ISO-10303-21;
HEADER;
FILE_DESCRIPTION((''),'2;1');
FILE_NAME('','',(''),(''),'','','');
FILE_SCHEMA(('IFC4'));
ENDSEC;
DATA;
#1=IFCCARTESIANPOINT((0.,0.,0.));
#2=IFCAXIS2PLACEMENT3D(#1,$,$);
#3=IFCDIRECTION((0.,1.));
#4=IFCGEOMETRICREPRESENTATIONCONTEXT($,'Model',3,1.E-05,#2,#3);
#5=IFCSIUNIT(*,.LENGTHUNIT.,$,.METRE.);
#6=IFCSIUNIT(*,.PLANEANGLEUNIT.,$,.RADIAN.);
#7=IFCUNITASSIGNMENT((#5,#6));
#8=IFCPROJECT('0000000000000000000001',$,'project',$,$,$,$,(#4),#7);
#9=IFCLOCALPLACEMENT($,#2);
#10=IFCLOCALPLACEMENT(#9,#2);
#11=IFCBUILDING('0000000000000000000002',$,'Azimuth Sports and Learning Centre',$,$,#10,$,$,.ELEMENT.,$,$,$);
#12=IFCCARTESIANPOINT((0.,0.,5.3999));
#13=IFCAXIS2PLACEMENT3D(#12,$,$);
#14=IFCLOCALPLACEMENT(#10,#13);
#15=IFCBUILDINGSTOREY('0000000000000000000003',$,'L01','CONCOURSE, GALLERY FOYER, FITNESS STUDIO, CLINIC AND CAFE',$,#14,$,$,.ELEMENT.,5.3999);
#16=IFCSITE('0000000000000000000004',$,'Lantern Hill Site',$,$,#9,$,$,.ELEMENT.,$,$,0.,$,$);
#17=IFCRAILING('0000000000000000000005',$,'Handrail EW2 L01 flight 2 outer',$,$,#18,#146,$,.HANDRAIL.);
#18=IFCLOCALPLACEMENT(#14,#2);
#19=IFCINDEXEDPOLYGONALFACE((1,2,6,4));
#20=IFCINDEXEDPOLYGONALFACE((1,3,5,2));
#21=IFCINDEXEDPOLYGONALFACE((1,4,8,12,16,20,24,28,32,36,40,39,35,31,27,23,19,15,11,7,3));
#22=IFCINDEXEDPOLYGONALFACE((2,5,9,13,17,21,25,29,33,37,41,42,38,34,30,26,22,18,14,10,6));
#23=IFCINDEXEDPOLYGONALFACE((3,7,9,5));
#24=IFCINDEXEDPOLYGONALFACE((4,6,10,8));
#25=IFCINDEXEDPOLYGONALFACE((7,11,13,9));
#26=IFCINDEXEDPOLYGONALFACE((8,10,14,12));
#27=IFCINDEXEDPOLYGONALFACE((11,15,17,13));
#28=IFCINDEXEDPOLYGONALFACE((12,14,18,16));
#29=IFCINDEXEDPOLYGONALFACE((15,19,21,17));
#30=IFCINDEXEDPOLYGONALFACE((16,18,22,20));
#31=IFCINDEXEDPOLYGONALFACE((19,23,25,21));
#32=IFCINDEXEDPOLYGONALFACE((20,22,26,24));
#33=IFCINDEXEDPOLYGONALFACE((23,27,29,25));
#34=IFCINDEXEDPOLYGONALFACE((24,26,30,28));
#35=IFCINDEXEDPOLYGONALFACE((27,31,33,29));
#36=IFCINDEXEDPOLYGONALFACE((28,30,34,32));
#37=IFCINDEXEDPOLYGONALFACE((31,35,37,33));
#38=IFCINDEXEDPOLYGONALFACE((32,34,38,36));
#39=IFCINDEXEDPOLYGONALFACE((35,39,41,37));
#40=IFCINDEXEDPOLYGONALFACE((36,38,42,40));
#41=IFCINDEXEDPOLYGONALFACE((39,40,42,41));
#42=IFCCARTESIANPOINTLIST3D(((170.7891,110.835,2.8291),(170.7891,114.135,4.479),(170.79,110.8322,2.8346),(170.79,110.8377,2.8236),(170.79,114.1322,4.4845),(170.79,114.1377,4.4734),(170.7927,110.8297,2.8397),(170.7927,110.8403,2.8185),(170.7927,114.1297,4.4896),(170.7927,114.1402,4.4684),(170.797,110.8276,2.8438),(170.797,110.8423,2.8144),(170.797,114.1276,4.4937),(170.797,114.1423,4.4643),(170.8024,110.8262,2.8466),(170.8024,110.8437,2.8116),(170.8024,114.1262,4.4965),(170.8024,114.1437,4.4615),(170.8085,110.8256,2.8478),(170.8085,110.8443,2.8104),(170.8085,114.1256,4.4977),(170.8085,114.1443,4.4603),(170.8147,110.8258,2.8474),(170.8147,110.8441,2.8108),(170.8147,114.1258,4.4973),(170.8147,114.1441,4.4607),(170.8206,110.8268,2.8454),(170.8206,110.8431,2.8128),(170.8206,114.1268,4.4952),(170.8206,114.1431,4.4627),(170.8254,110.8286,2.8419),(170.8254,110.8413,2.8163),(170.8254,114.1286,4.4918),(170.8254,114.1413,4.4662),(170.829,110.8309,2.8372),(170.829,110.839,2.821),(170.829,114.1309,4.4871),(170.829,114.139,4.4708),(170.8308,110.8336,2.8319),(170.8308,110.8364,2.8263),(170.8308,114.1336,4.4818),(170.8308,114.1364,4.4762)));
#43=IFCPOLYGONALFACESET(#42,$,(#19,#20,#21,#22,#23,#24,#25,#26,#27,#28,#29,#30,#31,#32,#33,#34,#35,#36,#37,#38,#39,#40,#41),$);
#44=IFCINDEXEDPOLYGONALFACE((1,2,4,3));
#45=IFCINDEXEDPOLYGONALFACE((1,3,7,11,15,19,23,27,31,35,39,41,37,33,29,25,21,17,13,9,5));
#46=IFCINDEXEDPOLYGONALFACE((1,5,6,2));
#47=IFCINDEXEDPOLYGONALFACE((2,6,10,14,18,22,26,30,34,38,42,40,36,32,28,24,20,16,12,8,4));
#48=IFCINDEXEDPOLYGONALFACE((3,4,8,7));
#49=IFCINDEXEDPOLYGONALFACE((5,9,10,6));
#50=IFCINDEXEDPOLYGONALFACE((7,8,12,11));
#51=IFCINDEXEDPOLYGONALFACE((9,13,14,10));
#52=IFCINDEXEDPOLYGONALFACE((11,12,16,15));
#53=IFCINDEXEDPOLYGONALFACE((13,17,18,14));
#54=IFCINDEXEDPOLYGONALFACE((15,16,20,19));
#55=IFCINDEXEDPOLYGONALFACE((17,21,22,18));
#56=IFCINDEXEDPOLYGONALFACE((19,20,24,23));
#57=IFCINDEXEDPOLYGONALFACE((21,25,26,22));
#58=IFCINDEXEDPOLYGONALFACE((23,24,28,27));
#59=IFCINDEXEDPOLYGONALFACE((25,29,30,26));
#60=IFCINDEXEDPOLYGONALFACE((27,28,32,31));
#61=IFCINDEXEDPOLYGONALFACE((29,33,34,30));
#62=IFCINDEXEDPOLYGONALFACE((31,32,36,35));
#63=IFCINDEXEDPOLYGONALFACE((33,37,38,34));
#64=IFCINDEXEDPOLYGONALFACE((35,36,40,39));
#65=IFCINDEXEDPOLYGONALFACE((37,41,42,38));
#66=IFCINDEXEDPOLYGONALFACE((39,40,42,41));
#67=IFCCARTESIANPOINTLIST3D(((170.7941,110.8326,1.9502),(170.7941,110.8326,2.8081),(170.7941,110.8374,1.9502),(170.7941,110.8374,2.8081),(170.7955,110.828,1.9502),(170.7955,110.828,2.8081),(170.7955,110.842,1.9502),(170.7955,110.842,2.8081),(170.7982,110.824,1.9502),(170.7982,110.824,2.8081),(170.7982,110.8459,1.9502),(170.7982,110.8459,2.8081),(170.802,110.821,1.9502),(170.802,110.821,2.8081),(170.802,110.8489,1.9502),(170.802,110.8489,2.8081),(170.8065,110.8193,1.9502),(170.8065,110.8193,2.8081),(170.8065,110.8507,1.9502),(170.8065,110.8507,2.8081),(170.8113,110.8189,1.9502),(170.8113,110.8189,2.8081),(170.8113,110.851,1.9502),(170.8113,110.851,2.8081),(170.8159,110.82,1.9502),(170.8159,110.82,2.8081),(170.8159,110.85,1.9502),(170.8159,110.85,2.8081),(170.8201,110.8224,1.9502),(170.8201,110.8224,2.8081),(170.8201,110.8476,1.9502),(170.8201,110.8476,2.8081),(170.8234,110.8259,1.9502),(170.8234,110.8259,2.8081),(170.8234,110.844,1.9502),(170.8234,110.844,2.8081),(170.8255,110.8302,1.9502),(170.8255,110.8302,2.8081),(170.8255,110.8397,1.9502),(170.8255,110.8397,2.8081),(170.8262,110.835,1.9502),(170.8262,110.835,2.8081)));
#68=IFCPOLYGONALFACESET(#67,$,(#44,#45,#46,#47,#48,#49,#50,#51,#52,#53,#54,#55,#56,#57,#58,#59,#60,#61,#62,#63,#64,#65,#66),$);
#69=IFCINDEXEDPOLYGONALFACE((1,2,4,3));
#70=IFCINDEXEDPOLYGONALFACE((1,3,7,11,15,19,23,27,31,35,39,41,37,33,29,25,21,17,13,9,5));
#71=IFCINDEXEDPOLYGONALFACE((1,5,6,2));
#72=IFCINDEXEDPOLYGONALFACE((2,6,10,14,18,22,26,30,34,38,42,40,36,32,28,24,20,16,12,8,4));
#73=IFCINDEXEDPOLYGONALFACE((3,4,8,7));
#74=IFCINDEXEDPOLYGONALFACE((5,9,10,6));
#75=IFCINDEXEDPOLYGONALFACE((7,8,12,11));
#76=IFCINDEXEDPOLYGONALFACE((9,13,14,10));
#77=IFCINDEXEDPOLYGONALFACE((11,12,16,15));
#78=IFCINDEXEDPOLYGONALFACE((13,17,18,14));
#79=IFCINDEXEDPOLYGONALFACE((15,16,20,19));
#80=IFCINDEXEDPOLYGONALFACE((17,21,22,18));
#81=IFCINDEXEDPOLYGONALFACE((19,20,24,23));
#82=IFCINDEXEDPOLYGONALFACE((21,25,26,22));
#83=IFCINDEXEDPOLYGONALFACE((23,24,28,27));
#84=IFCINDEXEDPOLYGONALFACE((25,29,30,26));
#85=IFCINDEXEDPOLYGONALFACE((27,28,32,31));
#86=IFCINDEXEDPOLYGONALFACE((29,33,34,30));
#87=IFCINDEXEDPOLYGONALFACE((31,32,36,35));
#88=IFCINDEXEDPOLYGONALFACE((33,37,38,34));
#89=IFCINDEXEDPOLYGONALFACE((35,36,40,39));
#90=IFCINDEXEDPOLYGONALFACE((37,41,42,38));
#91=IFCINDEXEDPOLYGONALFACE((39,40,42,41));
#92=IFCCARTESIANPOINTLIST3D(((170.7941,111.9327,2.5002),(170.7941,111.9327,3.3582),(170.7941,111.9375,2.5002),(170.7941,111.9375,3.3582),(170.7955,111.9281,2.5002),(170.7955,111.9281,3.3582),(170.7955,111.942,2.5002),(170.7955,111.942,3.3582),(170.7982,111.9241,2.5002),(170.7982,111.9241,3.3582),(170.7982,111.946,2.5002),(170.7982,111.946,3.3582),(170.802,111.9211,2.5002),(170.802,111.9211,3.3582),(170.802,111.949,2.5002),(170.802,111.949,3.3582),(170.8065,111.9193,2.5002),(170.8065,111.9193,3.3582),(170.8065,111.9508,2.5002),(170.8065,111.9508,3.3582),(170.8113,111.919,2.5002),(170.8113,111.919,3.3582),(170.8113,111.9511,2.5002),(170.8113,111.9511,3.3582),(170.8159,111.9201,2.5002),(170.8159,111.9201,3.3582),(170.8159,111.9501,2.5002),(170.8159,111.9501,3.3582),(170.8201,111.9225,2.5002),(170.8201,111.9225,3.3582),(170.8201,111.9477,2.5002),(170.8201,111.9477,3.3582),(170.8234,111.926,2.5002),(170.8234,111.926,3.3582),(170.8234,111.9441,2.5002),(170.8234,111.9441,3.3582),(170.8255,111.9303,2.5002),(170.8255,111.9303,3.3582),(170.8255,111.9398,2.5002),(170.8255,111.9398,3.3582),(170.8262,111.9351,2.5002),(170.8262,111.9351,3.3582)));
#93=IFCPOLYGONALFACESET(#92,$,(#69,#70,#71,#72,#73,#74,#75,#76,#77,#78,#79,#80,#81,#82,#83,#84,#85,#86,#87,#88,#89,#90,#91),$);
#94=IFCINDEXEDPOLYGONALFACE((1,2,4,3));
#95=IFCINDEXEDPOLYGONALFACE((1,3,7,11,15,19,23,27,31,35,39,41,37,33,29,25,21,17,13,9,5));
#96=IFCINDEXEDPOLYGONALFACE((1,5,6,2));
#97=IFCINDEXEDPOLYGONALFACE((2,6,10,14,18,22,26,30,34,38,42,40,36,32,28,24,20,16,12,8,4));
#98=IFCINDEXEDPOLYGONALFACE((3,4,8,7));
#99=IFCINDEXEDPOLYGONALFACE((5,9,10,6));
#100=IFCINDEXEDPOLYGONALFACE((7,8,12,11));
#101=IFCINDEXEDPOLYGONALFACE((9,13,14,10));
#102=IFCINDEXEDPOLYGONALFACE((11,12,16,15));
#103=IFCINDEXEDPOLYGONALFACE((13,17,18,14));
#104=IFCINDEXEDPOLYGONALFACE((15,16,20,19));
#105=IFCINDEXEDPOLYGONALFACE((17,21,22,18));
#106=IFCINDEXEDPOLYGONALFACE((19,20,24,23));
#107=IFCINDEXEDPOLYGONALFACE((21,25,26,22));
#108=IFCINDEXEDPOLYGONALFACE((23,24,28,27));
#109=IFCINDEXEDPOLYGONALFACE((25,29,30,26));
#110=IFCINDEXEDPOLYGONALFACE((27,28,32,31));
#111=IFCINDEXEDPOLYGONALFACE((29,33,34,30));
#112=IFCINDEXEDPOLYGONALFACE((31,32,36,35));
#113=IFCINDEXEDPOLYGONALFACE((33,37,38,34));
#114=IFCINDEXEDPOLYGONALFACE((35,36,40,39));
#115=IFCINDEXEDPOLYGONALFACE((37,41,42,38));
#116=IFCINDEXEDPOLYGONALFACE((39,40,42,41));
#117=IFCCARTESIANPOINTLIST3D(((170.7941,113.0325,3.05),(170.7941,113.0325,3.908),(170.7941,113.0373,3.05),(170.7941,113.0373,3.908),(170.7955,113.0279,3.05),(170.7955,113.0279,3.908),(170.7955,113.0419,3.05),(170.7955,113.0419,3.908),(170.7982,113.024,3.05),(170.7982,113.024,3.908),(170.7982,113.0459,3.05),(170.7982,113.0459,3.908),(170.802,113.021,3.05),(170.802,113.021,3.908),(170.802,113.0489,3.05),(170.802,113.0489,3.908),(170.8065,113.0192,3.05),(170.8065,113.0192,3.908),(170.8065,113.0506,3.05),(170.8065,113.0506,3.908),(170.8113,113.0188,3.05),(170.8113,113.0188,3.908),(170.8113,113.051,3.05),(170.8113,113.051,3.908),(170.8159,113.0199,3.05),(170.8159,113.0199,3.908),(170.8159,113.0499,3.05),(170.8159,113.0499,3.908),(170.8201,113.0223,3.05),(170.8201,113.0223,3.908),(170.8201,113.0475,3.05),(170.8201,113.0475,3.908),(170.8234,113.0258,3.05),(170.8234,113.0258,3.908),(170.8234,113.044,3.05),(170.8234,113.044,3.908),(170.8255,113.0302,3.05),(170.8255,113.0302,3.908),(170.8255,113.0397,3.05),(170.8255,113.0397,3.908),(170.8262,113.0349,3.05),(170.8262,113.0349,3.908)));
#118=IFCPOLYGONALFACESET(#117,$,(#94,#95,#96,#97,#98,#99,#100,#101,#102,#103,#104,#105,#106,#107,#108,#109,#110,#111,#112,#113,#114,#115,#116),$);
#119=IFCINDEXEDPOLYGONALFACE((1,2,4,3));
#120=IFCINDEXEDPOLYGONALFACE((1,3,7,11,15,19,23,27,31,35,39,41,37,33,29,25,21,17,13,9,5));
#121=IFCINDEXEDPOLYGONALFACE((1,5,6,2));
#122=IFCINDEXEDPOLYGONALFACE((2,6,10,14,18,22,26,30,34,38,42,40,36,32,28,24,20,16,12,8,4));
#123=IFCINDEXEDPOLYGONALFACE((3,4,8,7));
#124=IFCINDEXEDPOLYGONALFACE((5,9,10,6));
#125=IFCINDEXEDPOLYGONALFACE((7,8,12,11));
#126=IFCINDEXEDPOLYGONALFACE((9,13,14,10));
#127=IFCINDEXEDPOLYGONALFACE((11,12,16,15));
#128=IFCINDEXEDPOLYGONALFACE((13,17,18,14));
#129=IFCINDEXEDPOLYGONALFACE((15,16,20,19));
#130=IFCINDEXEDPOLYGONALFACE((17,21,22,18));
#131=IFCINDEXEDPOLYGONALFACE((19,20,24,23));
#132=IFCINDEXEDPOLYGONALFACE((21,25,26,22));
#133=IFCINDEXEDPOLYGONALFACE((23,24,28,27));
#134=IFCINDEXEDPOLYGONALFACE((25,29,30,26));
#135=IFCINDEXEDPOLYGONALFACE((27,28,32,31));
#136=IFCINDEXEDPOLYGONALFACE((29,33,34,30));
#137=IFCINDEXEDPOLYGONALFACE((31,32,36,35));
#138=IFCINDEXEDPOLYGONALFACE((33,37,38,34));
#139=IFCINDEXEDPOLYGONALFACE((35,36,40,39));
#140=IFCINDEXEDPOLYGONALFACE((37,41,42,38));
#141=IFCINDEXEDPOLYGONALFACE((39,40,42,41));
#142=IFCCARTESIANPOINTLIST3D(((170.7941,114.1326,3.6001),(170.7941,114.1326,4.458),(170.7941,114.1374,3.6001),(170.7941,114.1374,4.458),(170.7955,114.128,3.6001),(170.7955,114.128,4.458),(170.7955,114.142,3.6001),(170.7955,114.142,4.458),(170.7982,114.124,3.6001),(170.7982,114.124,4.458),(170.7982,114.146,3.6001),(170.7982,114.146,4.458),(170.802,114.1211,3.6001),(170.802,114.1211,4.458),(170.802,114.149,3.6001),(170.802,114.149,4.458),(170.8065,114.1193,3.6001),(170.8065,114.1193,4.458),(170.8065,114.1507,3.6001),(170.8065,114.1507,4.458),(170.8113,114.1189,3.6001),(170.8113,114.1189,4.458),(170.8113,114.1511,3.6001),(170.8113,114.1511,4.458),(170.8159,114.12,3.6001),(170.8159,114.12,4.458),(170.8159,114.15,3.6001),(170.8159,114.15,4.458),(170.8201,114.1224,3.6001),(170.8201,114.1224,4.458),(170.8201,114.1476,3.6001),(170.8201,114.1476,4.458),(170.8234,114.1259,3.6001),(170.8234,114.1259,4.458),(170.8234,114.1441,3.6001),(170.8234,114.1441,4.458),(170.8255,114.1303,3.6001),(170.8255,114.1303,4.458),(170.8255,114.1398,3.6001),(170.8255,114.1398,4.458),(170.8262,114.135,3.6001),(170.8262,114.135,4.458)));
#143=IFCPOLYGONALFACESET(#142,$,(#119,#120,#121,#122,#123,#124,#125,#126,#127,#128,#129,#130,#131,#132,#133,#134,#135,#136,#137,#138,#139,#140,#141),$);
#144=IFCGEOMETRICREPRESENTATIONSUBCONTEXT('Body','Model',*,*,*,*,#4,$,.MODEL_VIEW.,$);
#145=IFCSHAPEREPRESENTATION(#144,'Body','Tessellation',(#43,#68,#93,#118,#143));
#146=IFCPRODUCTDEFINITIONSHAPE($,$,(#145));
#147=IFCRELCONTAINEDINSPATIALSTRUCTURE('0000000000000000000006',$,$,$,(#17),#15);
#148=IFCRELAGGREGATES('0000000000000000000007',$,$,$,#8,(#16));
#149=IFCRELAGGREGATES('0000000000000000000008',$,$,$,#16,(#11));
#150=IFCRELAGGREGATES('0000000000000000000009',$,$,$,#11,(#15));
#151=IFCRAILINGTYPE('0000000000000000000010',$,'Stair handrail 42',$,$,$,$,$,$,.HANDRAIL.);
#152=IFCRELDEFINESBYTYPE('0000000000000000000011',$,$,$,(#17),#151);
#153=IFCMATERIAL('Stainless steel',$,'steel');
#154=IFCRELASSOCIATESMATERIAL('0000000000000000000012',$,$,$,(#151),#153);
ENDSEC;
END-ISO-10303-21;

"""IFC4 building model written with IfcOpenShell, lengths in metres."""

from ifc_helpers import new_model, si_unit, direction, frame, origin, origin_2d, place, context, subcontext, project, spatial, circle, extrude, material, type_object, element, save


model = new_model("IFC4")

# Units and contexts
model_context = context("Model", 3, precision=1e-05, world=origin(), true_north=direction((0.0, 1.0)))
body_context = subcontext(model_context, "Body", "Model", "MODEL_VIEW")
ifc_project = project(units=[si_unit("LENGTHUNIT", "METRE"), si_unit("PLANEANGLEUNIT", "RADIAN")], contexts=[model_context])

# Site, building, storey
site_placement = place(None, origin())
site = spatial("IfcSite", under=ifc_project, at=site_placement, Name="Lantern Hill Site", CompositionType="ELEMENT", RefElevation=0.0)
building_placement = place(site_placement, origin())
building = spatial("IfcBuilding", under=site, at=building_placement, Name="Azimuth Sports and Learning Centre", CompositionType="ELEMENT")
storey_placement = place(building_placement, frame((0.0, 0.0, 5.3999)))
storey = spatial("IfcBuildingStorey", under=building, at=storey_placement, Name="L01", Description="CONCOURSE, GALLERY FOYER, FITNESS STUDIO, CLINIC AND CAFE", CompositionType="ELEMENT", Elevation=5.3999)

# Railing
ifc_material_1 = material(Name="Stainless steel", Category="steel")
railing_type_1 = type_object("IfcRailingType", Name="Stair handrail 42", PredefinedType="HANDRAIL", material=ifc_material_1)
for number, where, name in (
    (1, (170.8101, 110.835, 1.9502), "Handrail EW2 L01 flight 2 outer"),
):
    element("IfcRailing", number, at=place(storey_placement, frame(where)), inside=storey, type_object=railing_type_1, Name=name, PredefinedType="HANDRAIL", context=body_context, shape_type="SweptSolid", body=[
        extrude(circle(Radius=0.021, at=origin_2d()), frame((0.0, 0.0, 0.8789), z_axis=(0.0, 0.89444, 0.447187), x_axis=(-1.0, 0.0, 0.0)), (0.0, 0.0, 1.0), 3.6895),
        extrude(circle(Radius=0.0161, at=origin_2d()), origin(), (0.0, 0.0, 1.0), 0.8579),
        extrude(circle(Radius=0.0161, at=origin_2d()), frame((0.0, 1.1001, 0.55)), (0.0, 0.0, 1.0), 0.8579),
        extrude(circle(Radius=0.0161, at=origin_2d()), frame((0.0, 2.2, 1.0999)), (0.0, 0.0, 1.0), 0.8579),
        extrude(circle(Radius=0.0161, at=origin_2d()), frame((0.0, 3.3, 1.6499)), (0.0, 0.0, 1.0), 0.8579),
    ])

save(model, "model.ifc")
